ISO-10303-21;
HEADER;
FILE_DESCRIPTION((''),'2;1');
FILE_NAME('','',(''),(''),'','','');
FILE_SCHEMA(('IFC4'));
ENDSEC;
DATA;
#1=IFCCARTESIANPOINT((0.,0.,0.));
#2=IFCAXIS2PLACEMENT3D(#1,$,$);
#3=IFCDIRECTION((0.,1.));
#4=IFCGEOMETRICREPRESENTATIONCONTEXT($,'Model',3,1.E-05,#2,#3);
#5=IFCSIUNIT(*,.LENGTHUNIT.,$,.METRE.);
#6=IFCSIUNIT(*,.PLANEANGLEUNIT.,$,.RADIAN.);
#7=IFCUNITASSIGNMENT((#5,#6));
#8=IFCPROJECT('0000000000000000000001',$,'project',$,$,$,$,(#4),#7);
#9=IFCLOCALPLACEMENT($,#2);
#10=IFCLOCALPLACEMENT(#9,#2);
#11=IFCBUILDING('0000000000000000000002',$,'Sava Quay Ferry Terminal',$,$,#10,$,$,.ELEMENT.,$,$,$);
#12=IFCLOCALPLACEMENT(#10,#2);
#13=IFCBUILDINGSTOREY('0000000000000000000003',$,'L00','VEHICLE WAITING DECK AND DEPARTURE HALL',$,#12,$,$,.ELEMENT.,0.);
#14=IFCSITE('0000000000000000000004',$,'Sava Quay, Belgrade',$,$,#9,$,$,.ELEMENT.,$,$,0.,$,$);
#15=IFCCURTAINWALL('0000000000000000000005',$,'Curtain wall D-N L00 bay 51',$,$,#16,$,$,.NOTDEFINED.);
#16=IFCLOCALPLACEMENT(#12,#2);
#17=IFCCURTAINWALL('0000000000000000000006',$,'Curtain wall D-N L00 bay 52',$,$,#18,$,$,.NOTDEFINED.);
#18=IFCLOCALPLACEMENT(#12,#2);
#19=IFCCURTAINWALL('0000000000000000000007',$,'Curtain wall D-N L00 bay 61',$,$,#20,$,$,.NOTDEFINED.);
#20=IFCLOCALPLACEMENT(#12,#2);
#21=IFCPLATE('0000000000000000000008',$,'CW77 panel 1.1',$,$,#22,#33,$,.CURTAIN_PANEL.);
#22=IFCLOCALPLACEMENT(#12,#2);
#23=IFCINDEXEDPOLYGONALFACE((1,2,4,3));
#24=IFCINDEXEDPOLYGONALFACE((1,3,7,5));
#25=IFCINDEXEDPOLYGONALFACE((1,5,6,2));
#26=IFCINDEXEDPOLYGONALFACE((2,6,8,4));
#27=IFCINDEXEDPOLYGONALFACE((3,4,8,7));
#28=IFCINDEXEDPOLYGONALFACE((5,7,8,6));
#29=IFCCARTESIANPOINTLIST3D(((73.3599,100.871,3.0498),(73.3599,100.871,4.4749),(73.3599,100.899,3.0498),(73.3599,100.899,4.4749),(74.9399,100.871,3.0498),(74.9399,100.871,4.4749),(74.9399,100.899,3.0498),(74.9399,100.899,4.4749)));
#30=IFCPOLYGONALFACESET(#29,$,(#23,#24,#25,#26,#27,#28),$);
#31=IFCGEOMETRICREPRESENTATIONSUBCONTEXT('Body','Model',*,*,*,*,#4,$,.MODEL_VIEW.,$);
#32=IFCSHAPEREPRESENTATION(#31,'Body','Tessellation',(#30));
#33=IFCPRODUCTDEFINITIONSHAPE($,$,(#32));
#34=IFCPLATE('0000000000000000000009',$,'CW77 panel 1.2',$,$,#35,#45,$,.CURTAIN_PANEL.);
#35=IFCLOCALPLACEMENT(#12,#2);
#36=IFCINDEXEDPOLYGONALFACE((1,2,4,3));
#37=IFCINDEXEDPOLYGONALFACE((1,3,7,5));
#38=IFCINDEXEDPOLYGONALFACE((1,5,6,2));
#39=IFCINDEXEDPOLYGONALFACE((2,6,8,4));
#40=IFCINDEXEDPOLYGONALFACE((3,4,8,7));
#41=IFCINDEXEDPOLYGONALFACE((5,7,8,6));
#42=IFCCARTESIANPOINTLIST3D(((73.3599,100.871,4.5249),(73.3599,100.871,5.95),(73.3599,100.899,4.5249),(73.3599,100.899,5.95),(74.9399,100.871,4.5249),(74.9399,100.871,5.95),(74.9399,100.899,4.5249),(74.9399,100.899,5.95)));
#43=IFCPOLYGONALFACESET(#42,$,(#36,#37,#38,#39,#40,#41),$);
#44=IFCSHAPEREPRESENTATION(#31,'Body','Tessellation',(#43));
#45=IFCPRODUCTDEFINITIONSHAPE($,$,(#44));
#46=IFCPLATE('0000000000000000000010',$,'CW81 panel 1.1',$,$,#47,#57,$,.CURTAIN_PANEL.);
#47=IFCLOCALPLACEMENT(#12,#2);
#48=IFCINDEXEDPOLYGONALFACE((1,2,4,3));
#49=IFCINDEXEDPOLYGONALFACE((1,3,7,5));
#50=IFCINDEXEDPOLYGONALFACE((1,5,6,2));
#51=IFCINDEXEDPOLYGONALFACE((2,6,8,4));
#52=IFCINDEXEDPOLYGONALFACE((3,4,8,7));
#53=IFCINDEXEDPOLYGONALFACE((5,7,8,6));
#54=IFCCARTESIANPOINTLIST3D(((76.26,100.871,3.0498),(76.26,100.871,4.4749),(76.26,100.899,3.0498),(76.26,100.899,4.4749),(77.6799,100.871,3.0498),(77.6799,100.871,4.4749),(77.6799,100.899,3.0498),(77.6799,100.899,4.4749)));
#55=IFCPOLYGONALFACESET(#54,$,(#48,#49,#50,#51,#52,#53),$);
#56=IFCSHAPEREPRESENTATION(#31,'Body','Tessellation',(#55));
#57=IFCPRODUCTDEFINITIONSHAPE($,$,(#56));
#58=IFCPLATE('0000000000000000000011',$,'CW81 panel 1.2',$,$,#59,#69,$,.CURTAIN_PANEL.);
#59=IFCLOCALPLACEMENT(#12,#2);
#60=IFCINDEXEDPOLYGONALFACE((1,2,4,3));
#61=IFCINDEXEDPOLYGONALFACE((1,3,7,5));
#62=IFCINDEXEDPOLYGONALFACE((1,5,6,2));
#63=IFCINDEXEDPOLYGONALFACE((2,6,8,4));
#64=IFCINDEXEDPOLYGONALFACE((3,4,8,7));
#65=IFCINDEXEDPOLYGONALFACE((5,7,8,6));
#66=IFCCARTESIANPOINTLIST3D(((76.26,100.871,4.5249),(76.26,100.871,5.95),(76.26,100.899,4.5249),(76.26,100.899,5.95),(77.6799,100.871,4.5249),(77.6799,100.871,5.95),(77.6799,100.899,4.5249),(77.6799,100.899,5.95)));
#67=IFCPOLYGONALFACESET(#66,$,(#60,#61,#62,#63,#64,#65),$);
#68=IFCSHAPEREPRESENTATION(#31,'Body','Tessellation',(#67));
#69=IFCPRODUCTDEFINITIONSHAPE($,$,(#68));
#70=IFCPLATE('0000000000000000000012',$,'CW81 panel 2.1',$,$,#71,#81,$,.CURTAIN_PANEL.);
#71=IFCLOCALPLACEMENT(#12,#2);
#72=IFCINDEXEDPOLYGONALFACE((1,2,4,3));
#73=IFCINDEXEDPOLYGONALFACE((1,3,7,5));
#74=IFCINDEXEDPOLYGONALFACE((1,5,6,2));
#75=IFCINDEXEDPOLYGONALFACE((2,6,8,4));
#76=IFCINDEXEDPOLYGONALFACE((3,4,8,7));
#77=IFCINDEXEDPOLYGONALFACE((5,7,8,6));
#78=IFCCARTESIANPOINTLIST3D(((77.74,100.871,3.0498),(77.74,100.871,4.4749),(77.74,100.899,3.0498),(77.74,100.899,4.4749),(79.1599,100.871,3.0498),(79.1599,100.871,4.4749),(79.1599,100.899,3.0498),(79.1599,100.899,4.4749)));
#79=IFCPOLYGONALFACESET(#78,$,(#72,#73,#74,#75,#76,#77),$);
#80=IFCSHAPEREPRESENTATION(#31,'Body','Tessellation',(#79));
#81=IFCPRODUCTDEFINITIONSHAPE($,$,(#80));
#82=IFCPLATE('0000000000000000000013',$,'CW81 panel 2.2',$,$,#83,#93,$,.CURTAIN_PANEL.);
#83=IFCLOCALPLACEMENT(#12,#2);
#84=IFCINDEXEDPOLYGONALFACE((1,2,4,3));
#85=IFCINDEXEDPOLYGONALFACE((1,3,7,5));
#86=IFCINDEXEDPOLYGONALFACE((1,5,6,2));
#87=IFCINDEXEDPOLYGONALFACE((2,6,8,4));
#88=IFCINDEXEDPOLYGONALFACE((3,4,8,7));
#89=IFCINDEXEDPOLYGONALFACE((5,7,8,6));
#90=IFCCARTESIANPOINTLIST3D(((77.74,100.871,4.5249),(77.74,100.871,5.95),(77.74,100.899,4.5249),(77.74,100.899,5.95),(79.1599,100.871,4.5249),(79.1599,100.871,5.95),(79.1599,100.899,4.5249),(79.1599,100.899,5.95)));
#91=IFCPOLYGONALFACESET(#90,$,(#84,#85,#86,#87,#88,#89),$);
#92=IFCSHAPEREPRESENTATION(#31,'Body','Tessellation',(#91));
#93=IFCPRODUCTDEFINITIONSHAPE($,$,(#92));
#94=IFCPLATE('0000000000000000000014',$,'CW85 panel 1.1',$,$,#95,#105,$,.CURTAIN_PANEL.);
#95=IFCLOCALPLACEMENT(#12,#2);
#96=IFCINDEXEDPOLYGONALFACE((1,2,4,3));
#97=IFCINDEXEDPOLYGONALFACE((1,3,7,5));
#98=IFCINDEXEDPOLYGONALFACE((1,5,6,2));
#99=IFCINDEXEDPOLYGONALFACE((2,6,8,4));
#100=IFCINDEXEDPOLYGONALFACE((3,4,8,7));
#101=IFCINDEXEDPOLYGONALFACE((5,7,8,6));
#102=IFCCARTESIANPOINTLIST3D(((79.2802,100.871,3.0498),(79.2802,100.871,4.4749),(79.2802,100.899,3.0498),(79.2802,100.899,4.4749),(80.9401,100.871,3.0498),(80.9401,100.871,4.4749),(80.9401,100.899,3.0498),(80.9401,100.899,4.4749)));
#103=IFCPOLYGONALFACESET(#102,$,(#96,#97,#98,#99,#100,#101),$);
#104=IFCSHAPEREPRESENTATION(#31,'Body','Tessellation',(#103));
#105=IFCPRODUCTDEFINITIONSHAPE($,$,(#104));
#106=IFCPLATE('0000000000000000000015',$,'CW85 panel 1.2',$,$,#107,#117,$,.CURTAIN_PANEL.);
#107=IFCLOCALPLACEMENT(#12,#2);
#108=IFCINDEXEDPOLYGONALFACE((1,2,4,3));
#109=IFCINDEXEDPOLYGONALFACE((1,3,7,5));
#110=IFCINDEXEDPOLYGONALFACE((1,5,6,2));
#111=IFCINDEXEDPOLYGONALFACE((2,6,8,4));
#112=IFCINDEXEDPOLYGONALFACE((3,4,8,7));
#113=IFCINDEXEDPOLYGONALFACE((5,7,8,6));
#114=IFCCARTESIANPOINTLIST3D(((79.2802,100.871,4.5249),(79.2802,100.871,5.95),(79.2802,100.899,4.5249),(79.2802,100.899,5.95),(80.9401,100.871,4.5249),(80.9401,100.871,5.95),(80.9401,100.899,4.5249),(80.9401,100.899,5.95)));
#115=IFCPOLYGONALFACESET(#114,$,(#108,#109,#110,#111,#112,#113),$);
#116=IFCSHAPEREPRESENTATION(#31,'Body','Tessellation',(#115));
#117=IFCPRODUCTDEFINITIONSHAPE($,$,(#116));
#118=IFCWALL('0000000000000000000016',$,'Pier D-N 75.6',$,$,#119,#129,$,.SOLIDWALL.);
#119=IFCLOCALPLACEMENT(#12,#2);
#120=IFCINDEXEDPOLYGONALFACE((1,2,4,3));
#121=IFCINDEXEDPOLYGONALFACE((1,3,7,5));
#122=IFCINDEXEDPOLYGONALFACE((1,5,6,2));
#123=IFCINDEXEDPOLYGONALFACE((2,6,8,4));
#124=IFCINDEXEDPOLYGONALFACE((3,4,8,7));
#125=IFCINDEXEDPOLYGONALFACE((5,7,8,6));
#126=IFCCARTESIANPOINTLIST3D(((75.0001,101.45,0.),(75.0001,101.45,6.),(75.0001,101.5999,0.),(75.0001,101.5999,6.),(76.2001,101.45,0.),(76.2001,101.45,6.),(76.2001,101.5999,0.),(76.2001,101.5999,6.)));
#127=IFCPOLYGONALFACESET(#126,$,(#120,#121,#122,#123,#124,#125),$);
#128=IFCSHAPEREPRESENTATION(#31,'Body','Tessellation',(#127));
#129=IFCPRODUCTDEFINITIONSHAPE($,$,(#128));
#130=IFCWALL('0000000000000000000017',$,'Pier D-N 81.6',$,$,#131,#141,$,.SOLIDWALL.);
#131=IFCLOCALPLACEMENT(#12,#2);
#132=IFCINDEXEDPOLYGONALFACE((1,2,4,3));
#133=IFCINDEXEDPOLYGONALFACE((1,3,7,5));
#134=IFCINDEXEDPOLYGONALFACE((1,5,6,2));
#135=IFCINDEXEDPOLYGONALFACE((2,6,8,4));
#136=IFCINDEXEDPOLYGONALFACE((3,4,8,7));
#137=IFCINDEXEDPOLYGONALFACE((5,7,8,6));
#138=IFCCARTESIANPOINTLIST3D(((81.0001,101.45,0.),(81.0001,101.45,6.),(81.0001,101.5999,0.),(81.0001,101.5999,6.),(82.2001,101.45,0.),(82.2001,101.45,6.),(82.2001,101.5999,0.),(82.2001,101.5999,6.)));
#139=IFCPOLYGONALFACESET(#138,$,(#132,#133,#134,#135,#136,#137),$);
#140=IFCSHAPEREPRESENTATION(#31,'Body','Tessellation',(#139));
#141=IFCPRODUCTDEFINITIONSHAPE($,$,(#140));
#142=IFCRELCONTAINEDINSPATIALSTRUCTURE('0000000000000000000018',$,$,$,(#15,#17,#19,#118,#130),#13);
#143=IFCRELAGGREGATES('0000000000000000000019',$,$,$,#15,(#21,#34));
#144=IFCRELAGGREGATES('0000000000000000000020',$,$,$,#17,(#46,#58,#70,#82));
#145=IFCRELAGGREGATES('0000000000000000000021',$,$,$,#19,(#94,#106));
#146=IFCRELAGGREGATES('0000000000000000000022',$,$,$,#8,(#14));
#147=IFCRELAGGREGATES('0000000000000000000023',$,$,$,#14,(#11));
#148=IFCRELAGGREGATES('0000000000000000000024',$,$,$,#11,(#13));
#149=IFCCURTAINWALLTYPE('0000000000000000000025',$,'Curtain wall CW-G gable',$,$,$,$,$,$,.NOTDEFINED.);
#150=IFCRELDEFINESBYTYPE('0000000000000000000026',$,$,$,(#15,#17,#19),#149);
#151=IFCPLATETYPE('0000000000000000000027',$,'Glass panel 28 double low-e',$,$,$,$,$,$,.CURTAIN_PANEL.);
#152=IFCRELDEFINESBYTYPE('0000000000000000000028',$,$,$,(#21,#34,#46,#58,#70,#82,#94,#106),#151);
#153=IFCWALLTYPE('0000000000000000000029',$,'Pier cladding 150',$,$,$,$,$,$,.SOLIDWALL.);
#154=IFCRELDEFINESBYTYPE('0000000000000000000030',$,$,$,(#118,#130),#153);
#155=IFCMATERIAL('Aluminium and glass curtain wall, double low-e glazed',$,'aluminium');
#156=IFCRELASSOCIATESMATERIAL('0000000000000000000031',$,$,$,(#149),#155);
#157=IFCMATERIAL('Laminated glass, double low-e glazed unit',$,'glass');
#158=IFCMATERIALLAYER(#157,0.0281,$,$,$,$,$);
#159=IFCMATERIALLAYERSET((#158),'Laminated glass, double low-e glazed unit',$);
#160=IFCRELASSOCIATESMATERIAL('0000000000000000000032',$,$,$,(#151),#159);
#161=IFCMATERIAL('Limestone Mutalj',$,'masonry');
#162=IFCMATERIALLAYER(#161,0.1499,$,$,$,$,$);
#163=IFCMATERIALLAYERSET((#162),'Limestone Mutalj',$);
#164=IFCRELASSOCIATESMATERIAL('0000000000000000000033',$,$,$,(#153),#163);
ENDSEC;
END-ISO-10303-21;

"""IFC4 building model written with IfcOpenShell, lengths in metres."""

from ifc_helpers import new_model, si_unit, direction, frame, frame_2d, origin, origin_2d, place, context, subcontext, project, spatial, rectangle, extrude, material, layer, layer_set, type_object, element, aggregate, save


model = new_model("IFC4")

# Units and contexts
model_context = context("Model", 3, precision=1e-05, world=origin(), true_north=direction((0.0, 1.0)))
body_context = subcontext(model_context, "Body", "Model", "MODEL_VIEW")
ifc_project = project(units=[si_unit("LENGTHUNIT", "METRE"), si_unit("PLANEANGLEUNIT", "RADIAN")], contexts=[model_context])

# Site, building, storey
site_placement = place(None, origin())
site = spatial("IfcSite", under=ifc_project, at=site_placement, Name="Sava Quay, Belgrade", CompositionType="ELEMENT", RefElevation=0.0)
building_placement = place(site_placement, origin())
building = spatial("IfcBuilding", under=site, at=building_placement, Name="Sava Quay Ferry Terminal", CompositionType="ELEMENT")
storey_placement = place(building_placement, origin())
storey = spatial("IfcBuildingStorey", under=building, at=storey_placement, Name="L00", Description="VEHICLE WAITING DECK AND DEPARTURE HALL", CompositionType="ELEMENT", Elevation=0.0)

# Curtain wall
ifc_material_1 = material(Name="Aluminium and glass curtain wall, double low-e glazed", Category="aluminium")
curtain_wall_type = type_object("IfcCurtainWallType", Name="Curtain wall CW-G gable", PredefinedType="NOTDEFINED", material=ifc_material_1)
curtain_wall_1_placement = place(storey_placement, origin())
curtain_wall_1 = element("IfcCurtainWall", 1, at=curtain_wall_1_placement, inside=storey, type_object=curtain_wall_type, Name="Curtain wall D-N L00 bay 51", PredefinedType="NOTDEFINED")

# Curtain walls
curtain_wall_2_placement = place(storey_placement, origin())
curtain_wall_2 = element("IfcCurtainWall", 2, at=curtain_wall_2_placement, inside=storey, type_object=curtain_wall_type, Name="Curtain wall D-N L00 bay 52", PredefinedType="NOTDEFINED")
curtain_wall_3_placement = place(storey_placement, origin())
curtain_wall_3 = element("IfcCurtainWall", 3, at=curtain_wall_3_placement, inside=storey, type_object=curtain_wall_type, Name="Curtain wall D-N L00 bay 61", PredefinedType="NOTDEFINED")

# Plates
ifc_material_2 = material(Name="Laminated glass, double low-e glazed unit", Category="glass")
ifc_layer_1 = layer(ifc_material_2, 0.0281)
ifc_layer_set_1 = layer_set([ifc_layer_1], Name="Laminated glass, double low-e glazed unit")
plate_type = type_object("IfcPlateType", Name="Glass panel 28 double low-e", PredefinedType="CURTAIN_PANEL", material=ifc_layer_set_1)
plate_1_placement = place(storey_placement, frame((74.1499, 100.885, 3.0498), z_axis=(0.0, 0.0, 1.0), x_axis=(1.0, 0.0, 0.0)))
plate_1 = element("IfcPlate", 4, at=plate_1_placement, type_object=plate_type, Name="CW77 panel 1.1", PredefinedType="CURTAIN_PANEL", context=body_context, shape_type="SweptSolid", body=[
    extrude(rectangle(XDim=1.5801, YDim=0.0281, at=origin_2d()), origin(), (0.0, 0.0, 1.0), 1.425),
])
plate_2_placement = place(storey_placement, frame((74.1499, 100.885, 4.5249), z_axis=(0.0, 0.0, 1.0), x_axis=(1.0, 0.0, 0.0)))
plate_2 = element("IfcPlate", 5, at=plate_2_placement, type_object=plate_type, Name="CW77 panel 1.2", PredefinedType="CURTAIN_PANEL", context=body_context, shape_type="SweptSolid", body=[
    extrude(rectangle(XDim=1.5801, YDim=0.0281, at=origin_2d()), origin(), (0.0, 0.0, 1.0), 1.425),
])
aggregate(curtain_wall_1, [plate_1, plate_2])
plate_3_placement = place(storey_placement, frame((76.97, 100.885, 3.0498), z_axis=(0.0, 0.0, 1.0), x_axis=(1.0, 0.0, 0.0)))
plate_3 = element("IfcPlate", 6, at=plate_3_placement, type_object=plate_type, Name="CW81 panel 1.1", PredefinedType="CURTAIN_PANEL", context=body_context, shape_type="SweptSolid", body=[
    extrude(rectangle(XDim=1.4199, YDim=0.0281, at=origin_2d()), origin(), (0.0, 0.0, 1.0), 1.425),
])
plate_4_placement = place(storey_placement, frame((76.97, 100.885, 4.5249), z_axis=(0.0, 0.0, 1.0), x_axis=(1.0, 0.0, 0.0)))
plate_4 = element("IfcPlate", 7, at=plate_4_placement, type_object=plate_type, Name="CW81 panel 1.2", PredefinedType="CURTAIN_PANEL", context=body_context, shape_type="SweptSolid", body=[
    extrude(rectangle(XDim=1.4199, YDim=0.0281, at=origin_2d()), origin(), (0.0, 0.0, 1.0), 1.425),
])
plate_5_placement = place(storey_placement, frame((78.45, 100.885, 3.0498), z_axis=(0.0, 0.0, 1.0), x_axis=(1.0, 0.0, 0.0)))
plate_5 = element("IfcPlate", 8, at=plate_5_placement, type_object=plate_type, Name="CW81 panel 2.1", PredefinedType="CURTAIN_PANEL", context=body_context, shape_type="SweptSolid", body=[
    extrude(rectangle(XDim=1.4199, YDim=0.0281, at=origin_2d()), origin(), (0.0, 0.0, 1.0), 1.425),
])
plate_6_placement = place(storey_placement, frame((78.45, 100.885, 4.5249), z_axis=(0.0, 0.0, 1.0), x_axis=(1.0, 0.0, 0.0)))
plate_6 = element("IfcPlate", 9, at=plate_6_placement, type_object=plate_type, Name="CW81 panel 2.2", PredefinedType="CURTAIN_PANEL", context=body_context, shape_type="SweptSolid", body=[
    extrude(rectangle(XDim=1.4199, YDim=0.0281, at=origin_2d()), origin(), (0.0, 0.0, 1.0), 1.425),
])
aggregate(curtain_wall_2, [plate_3, plate_4, plate_5, plate_6])
plate_7_placement = place(storey_placement, frame((80.1101, 100.885, 3.0498), z_axis=(0.0, 0.0, 1.0), x_axis=(1.0, 0.0, 0.0)))
plate_7 = element("IfcPlate", 10, at=plate_7_placement, type_object=plate_type, Name="CW85 panel 1.1", PredefinedType="CURTAIN_PANEL", context=body_context, shape_type="SweptSolid", body=[
    extrude(rectangle(XDim=1.6599, YDim=0.0281, at=origin_2d()), origin(), (0.0, 0.0, 1.0), 1.425),
])
plate_8_placement = place(storey_placement, frame((80.1101, 100.885, 4.5249), z_axis=(0.0, 0.0, 1.0), x_axis=(1.0, 0.0, 0.0)))
plate_8 = element("IfcPlate", 11, at=plate_8_placement, type_object=plate_type, Name="CW85 panel 1.2", PredefinedType="CURTAIN_PANEL", context=body_context, shape_type="SweptSolid", body=[
    extrude(rectangle(XDim=1.6599, YDim=0.0281, at=origin_2d()), origin(), (0.0, 0.0, 1.0), 1.425),
])
aggregate(curtain_wall_3, [plate_7, plate_8])

# Walls
ifc_material_3 = material(Name="Limestone Mutalj", Category="masonry")
ifc_layer_2 = layer(ifc_material_3, 0.1499)
ifc_layer_set_2 = layer_set([ifc_layer_2], Name="Limestone Mutalj")
wall_type = type_object("IfcWallType", Name="Pier cladding 150", PredefinedType="SOLIDWALL", material=ifc_layer_set_2)
for number, where, z_axis, x_axis, name in (
    (12, (75.0, 101.5249, 0.0), (0.0, 0.0, 1.0), (1.0, 0.0, 0.0), "Pier D-N 75.6"),
    (13, (81.0, 101.5249, 0.0), (0.0, 0.0, 1.0), (1.0, 0.0, 0.0), "Pier D-N 81.6"),
):
    element("IfcWall", number, at=place(storey_placement, frame(where, z_axis=z_axis, x_axis=x_axis)), inside=storey, type_object=wall_type, Name=name, PredefinedType="SOLIDWALL", context=body_context, shape_type="SweptSolid", body=[
        extrude(rectangle(XDim=1.2, YDim=0.1499, at=frame_2d((0.6001, 0.0))), origin(), (0.0, 0.0, 1.0), 6.0),
    ])

save(model, "model.ifc")
